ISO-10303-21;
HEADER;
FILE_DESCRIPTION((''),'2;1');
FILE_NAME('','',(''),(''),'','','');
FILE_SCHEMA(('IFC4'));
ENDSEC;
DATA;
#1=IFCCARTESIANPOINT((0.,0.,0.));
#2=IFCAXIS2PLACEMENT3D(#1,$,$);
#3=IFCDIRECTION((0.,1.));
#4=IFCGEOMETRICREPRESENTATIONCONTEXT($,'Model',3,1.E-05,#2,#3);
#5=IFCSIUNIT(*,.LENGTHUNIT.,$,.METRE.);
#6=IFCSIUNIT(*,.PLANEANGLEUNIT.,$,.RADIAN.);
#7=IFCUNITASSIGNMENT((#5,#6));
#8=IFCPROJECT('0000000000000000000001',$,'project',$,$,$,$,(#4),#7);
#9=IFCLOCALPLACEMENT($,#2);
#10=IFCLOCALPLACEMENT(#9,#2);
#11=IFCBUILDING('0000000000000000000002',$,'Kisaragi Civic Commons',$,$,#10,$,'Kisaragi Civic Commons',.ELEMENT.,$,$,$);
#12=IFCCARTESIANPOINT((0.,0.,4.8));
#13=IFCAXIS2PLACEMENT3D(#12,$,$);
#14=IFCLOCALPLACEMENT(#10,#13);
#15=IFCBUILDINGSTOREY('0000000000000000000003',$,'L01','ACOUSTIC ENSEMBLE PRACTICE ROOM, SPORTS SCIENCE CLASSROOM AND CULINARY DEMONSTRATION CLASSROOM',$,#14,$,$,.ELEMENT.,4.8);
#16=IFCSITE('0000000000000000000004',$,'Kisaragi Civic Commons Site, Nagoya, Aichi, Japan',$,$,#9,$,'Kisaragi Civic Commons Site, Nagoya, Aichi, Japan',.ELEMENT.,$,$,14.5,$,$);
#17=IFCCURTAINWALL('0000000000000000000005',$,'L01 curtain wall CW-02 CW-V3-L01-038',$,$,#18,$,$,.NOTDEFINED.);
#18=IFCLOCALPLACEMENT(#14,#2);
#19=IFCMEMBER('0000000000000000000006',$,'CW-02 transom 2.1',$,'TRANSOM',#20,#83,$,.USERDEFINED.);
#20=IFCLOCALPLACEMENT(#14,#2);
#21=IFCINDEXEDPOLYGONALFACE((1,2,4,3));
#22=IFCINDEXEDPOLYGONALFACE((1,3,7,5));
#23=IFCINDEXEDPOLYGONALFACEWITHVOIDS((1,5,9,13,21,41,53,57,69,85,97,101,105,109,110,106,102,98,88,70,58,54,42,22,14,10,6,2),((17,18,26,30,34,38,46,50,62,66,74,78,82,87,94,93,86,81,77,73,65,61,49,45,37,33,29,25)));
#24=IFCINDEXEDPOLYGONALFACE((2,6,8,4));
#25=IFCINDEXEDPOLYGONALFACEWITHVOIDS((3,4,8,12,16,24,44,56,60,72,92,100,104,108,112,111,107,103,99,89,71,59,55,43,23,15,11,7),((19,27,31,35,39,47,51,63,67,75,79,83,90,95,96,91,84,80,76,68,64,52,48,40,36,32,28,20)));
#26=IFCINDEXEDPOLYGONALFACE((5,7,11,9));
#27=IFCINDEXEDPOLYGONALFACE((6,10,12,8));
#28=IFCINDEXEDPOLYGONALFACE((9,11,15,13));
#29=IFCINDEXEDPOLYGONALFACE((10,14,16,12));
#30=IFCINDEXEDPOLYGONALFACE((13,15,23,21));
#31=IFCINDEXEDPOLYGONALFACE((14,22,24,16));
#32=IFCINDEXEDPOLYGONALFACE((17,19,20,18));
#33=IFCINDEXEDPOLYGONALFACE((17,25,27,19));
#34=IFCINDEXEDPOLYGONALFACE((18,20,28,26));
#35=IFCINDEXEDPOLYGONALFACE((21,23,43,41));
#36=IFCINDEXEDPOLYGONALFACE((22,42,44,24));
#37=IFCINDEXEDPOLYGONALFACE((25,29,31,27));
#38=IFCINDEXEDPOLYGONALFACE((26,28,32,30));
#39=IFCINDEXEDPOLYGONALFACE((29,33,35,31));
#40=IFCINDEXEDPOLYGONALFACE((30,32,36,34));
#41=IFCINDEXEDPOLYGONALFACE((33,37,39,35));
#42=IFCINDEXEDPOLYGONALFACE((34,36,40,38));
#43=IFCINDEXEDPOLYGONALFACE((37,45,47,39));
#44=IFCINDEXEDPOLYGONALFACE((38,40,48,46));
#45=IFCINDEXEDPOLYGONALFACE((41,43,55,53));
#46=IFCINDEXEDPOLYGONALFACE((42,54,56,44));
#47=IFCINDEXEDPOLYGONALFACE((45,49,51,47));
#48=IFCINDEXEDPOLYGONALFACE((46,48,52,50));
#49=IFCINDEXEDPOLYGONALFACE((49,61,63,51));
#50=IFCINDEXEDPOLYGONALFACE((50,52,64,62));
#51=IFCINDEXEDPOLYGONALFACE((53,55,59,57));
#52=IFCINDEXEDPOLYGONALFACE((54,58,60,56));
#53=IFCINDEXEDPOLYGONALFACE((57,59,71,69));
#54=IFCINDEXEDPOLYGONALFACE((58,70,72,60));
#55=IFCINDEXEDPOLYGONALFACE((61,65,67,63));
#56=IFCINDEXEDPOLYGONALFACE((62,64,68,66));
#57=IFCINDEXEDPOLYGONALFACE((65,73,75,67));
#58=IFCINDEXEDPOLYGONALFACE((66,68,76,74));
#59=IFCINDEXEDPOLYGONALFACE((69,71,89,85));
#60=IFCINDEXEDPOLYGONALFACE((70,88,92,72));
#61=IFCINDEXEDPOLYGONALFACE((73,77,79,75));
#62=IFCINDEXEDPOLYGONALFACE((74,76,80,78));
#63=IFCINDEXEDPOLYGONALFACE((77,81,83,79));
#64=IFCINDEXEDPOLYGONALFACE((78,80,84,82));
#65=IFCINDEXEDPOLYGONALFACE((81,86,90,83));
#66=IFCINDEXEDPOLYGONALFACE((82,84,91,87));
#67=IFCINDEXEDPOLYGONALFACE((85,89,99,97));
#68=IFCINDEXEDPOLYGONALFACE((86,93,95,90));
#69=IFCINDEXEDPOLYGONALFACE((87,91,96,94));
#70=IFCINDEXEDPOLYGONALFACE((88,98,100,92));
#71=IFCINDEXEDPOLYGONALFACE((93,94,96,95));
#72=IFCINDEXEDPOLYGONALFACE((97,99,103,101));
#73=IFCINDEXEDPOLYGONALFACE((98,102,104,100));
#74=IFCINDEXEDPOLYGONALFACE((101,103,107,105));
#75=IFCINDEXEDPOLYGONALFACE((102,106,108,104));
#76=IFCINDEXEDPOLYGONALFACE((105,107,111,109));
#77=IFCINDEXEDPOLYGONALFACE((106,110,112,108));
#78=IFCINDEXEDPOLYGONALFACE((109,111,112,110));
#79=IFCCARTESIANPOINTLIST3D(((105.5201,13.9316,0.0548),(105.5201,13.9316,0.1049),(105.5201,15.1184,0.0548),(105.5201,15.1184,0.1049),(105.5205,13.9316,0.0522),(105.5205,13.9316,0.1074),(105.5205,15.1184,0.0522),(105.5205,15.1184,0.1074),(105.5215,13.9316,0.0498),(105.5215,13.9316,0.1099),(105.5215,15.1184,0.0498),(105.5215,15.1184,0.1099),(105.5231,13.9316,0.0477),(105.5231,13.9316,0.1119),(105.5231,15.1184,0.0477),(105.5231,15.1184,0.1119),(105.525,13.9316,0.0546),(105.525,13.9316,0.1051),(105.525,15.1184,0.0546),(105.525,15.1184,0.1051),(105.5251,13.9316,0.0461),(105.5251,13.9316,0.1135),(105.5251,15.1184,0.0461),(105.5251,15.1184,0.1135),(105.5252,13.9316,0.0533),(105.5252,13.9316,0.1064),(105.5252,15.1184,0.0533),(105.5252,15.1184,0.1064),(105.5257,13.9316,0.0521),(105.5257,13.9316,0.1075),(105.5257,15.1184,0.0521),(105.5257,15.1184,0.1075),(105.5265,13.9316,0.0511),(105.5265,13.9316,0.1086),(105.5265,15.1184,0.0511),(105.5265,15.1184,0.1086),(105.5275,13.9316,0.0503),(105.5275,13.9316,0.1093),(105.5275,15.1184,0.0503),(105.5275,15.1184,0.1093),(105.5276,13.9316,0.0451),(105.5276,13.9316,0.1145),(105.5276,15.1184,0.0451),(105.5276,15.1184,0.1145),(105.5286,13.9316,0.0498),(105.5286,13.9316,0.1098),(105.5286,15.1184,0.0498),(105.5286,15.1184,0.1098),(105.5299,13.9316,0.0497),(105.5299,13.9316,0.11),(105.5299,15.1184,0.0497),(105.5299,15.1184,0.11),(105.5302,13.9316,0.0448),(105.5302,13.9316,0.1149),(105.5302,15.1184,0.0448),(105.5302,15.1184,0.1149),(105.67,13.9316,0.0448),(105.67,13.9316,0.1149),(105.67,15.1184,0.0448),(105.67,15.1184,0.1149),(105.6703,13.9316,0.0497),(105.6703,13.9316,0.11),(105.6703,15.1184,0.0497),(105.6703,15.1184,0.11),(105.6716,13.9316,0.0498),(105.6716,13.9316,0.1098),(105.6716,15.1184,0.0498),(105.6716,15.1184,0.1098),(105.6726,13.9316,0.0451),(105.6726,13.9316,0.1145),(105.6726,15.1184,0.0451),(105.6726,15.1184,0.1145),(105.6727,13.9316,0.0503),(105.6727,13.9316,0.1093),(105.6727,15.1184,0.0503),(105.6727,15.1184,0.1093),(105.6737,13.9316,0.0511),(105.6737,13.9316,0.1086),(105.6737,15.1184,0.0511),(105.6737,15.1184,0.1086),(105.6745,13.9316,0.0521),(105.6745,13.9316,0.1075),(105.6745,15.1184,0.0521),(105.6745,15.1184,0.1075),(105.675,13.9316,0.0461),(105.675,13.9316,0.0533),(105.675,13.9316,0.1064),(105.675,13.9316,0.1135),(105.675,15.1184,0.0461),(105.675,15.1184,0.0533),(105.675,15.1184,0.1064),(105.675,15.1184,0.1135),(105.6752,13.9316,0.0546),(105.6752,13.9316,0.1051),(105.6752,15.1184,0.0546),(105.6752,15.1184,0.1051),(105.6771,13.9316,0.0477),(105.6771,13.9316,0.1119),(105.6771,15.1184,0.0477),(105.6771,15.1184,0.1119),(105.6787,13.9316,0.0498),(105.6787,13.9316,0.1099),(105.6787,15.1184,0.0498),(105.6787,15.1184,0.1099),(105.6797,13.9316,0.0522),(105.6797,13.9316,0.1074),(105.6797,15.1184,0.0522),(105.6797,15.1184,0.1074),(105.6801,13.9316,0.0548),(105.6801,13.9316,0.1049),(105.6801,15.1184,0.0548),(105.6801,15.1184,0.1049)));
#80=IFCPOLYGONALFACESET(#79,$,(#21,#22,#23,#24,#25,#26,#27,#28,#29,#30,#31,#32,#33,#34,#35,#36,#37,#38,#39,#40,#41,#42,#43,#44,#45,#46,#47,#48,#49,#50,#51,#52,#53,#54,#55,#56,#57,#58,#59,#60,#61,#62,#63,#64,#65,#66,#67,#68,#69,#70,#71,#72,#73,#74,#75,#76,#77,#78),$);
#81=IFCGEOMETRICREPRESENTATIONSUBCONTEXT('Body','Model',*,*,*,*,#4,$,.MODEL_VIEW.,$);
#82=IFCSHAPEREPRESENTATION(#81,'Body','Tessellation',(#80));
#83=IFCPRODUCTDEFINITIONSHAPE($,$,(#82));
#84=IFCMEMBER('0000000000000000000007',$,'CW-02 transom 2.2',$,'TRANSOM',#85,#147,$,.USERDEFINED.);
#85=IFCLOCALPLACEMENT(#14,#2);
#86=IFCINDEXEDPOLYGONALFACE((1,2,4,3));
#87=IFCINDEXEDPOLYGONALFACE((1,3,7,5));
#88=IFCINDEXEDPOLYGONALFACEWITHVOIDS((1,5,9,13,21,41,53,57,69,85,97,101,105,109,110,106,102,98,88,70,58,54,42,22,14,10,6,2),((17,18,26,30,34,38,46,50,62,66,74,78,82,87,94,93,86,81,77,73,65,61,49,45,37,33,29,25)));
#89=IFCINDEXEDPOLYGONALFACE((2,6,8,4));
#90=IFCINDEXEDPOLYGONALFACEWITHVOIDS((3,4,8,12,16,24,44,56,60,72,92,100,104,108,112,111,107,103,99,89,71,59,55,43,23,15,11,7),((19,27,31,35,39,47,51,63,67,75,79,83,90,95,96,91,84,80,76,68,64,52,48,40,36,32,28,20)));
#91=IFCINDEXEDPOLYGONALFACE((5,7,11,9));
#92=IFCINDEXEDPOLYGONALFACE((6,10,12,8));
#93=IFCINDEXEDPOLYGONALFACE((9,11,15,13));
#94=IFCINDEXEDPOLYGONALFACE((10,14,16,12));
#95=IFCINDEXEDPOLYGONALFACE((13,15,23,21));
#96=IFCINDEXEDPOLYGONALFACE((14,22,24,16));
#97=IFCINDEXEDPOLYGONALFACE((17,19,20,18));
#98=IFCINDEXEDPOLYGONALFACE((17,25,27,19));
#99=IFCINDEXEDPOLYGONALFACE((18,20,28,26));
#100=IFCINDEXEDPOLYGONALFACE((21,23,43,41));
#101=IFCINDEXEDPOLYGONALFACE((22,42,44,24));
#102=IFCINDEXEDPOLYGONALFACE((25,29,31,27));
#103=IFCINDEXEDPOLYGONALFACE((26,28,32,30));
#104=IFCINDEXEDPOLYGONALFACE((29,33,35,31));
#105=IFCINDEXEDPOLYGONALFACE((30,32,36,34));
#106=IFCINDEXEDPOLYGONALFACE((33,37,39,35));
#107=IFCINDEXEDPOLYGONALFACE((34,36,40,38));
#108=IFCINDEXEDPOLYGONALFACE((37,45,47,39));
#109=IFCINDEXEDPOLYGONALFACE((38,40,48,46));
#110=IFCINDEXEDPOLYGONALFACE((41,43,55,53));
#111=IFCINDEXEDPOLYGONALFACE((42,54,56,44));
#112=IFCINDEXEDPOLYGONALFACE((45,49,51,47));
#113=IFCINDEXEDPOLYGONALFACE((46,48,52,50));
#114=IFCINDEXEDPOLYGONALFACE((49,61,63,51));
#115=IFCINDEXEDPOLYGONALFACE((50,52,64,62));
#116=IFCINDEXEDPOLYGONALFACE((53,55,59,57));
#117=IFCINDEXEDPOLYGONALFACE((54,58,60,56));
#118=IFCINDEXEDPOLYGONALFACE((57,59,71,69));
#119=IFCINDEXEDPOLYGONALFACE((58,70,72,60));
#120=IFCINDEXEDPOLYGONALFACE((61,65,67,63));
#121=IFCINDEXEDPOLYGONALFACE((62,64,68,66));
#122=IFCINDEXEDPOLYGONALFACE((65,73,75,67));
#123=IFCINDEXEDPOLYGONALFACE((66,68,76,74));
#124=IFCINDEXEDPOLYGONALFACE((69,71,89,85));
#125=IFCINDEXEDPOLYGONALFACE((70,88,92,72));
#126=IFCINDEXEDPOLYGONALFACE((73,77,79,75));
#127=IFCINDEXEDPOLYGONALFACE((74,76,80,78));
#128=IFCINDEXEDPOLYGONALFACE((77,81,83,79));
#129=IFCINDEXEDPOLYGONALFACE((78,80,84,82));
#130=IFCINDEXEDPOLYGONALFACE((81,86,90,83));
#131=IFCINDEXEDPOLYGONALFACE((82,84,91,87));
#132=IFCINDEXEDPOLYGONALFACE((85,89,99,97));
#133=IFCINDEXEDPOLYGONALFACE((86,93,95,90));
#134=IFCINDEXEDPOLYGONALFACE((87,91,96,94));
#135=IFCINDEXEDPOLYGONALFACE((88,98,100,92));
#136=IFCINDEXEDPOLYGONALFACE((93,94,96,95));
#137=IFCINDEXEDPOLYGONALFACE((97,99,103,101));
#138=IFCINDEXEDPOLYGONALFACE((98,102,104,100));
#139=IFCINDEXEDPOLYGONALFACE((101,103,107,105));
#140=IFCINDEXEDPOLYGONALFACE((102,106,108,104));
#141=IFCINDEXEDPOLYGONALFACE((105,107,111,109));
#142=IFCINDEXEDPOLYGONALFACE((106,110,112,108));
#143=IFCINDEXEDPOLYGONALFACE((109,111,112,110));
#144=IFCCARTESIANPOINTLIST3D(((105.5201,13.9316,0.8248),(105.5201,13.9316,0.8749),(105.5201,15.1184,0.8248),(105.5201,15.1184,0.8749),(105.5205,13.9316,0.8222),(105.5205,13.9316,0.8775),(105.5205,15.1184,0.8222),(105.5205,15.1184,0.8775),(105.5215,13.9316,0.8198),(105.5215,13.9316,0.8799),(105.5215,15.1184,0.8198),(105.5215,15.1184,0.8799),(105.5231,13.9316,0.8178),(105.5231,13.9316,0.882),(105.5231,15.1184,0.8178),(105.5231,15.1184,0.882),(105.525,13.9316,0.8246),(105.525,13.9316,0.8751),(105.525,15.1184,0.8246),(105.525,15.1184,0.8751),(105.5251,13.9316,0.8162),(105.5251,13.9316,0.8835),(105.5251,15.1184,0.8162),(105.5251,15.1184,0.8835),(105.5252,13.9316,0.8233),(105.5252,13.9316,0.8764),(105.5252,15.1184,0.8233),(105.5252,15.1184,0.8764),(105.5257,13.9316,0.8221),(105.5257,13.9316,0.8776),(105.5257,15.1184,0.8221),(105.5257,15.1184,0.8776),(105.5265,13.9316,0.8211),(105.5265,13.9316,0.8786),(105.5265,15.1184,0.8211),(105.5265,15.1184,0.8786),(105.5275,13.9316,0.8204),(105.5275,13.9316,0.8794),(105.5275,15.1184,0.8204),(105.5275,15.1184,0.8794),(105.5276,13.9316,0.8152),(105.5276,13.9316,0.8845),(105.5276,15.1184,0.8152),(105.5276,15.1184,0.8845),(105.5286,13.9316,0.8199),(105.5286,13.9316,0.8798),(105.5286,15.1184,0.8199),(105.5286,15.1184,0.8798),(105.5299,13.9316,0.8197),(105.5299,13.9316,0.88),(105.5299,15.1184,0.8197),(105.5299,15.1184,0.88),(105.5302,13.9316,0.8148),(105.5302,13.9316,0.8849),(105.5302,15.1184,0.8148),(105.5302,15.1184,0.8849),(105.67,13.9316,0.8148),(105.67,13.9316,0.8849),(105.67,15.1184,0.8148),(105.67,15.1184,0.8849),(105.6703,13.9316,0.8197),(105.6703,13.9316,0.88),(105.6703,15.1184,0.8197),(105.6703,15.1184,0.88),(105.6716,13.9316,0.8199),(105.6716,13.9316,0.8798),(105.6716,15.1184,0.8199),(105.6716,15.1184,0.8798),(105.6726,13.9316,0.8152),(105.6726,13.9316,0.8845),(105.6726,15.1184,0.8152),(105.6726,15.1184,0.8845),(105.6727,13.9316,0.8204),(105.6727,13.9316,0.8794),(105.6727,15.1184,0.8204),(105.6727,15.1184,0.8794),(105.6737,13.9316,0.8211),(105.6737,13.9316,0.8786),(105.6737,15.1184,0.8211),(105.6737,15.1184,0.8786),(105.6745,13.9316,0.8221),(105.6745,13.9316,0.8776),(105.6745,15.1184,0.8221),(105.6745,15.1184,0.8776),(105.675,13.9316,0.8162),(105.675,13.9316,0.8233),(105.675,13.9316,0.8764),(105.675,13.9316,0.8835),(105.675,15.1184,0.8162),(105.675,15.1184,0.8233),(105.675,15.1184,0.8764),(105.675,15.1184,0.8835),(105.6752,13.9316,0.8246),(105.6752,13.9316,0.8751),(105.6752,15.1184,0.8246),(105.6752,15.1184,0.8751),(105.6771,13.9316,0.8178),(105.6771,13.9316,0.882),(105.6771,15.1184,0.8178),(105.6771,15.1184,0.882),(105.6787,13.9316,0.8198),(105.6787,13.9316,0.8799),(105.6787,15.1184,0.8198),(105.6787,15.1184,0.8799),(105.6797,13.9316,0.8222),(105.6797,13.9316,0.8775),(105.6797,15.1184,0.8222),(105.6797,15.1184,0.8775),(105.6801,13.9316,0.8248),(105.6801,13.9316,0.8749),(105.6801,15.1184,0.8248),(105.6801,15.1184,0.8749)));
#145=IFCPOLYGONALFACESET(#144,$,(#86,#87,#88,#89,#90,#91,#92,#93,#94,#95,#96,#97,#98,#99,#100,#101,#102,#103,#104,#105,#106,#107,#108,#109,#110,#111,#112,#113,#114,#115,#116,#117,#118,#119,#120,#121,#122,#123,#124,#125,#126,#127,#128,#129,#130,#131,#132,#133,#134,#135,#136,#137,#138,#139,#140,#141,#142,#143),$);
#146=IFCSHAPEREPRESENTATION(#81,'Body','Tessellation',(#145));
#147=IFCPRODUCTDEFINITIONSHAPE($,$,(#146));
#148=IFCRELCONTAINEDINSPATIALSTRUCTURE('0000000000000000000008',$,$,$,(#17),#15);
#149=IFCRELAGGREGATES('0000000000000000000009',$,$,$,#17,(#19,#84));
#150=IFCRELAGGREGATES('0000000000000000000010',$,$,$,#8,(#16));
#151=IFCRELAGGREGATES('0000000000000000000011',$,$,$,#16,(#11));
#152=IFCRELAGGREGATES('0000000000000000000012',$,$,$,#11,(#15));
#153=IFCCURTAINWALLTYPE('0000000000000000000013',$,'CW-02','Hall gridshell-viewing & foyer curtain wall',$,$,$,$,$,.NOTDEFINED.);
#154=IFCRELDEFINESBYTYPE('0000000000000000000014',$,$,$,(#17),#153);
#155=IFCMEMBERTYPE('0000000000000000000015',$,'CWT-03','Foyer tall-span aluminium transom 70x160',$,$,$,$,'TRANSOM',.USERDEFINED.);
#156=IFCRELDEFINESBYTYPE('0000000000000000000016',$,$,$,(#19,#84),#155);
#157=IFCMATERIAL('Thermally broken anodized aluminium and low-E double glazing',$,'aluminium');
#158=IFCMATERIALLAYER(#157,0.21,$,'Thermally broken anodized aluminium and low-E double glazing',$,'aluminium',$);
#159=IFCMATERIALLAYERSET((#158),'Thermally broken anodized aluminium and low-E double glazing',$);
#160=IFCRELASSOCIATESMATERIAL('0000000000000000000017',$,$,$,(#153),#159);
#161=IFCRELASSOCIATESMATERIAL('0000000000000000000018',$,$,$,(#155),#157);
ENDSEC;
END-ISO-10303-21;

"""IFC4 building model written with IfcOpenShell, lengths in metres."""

from ifc_helpers import new_model, si_unit, direction, frame, origin, origin_2d, place, context, subcontext, project, spatial, hollow_rectangle, extrude, material, layer, layer_set, material_profile, profile_set, type_object, element, aggregate, save


model = new_model("IFC4")

# Units and contexts
model_context = context("Model", 3, precision=1e-05, world=origin(), true_north=direction((0.0, 1.0)))
body_context = subcontext(model_context, "Body", "Model", "MODEL_VIEW")
ifc_project = project(units=[si_unit("LENGTHUNIT", "METRE"), si_unit("PLANEANGLEUNIT", "RADIAN")], contexts=[model_context])

# Site, building, storey
site_placement = place(None, origin())
site = spatial("IfcSite", under=ifc_project, at=site_placement, Name="Kisaragi Civic Commons Site, Nagoya, Aichi, Japan", LongName="Kisaragi Civic Commons Site, Nagoya, Aichi, Japan", CompositionType="ELEMENT", RefElevation=14.5)
building_placement = place(site_placement, origin())
building = spatial("IfcBuilding", under=site, at=building_placement, Name="Kisaragi Civic Commons", LongName="Kisaragi Civic Commons", CompositionType="ELEMENT")
storey_placement = place(building_placement, frame((0.0, 0.0, 4.8)))
storey = spatial("IfcBuildingStorey", under=building, at=storey_placement, Name="L01", Description="ACOUSTIC ENSEMBLE PRACTICE ROOM, SPORTS SCIENCE CLASSROOM AND CULINARY DEMONSTRATION CLASSROOM", CompositionType="ELEMENT", Elevation=4.8)

# Shared definitions
ifc_material_1 = material(Name="Thermally broken anodized aluminium and low-E double glazing", Category="aluminium")
ifc_layer_1 = layer(ifc_material_1, 0.21, Name="Thermally broken anodized aluminium and low-E double glazing", Category="aluminium")
ifc_layer_set_1 = layer_set([ifc_layer_1], Name="Thermally broken anodized aluminium and low-E double glazing")
curtain_wall_type = type_object("IfcCurtainWallType", Name="CW-02", Description="Hall gridshell-viewing & foyer curtain wall", PredefinedType="NOTDEFINED", material=ifc_layer_set_1)

# Curtain wall, members
curtain_wall_1_placement = place(storey_placement, origin())
curtain_wall_1 = element("IfcCurtainWall", 1, at=curtain_wall_1_placement, inside=storey, type_object=curtain_wall_type, Name="L01 curtain wall CW-02 CW-V3-L01-038", PredefinedType="NOTDEFINED")
ifc_material_profile_1 = material_profile(ifc_material_1, hollow_rectangle(XDim=0.1599, YDim=0.0701, WallThickness=0.0049, InnerFilletRadius=0.0049, OuterFilletRadius=0.01, at=origin_2d()), Name="CWT-70x160x5", Category="aluminium")
ifc_profile_set_1 = profile_set([ifc_material_profile_1], Name="Thermally broken anodized aluminium and low-E double glazing")
member_type_1 = type_object("IfcMemberType", Name="CWT-03", Description="Foyer tall-span aluminium transom 70x160", ElementType="TRANSOM", PredefinedType="USERDEFINED", material=ifc_profile_set_1)
member_1_placement = place(storey_placement, frame((105.6001, 13.9316, 0.0798), z_axis=(0.0, 1.0, 0.0), x_axis=(-1.0, 0.0, 0.0)))
member_1 = element("IfcMember", 2, at=member_1_placement, type_object=member_type_1, Name="CW-02 transom 2.1", ObjectType="TRANSOM", PredefinedType="USERDEFINED", context=body_context, shape_type="SweptSolid", body=[
    extrude(hollow_rectangle(XDim=0.1599, YDim=0.0701, WallThickness=0.0049, InnerFilletRadius=0.0049, OuterFilletRadius=0.01, at=origin_2d()), origin(), (0.0, 0.0, 1.0), 1.1868),
])
member_2_placement = place(storey_placement, frame((105.6001, 13.9316, 0.8499), z_axis=(0.0, 1.0, 0.0), x_axis=(-1.0, 0.0, 0.0)))
member_2 = element("IfcMember", 3, at=member_2_placement, type_object=member_type_1, Name="CW-02 transom 2.2", ObjectType="TRANSOM", PredefinedType="USERDEFINED", context=body_context, shape_type="SweptSolid", body=[
    extrude(hollow_rectangle(XDim=0.1599, YDim=0.0701, WallThickness=0.0049, InnerFilletRadius=0.0049, OuterFilletRadius=0.01, at=origin_2d()), origin(), (0.0, 0.0, 1.0), 1.1868),
])

aggregate(curtain_wall_1, [member_1, member_2])

save(model, "model.ifc")
